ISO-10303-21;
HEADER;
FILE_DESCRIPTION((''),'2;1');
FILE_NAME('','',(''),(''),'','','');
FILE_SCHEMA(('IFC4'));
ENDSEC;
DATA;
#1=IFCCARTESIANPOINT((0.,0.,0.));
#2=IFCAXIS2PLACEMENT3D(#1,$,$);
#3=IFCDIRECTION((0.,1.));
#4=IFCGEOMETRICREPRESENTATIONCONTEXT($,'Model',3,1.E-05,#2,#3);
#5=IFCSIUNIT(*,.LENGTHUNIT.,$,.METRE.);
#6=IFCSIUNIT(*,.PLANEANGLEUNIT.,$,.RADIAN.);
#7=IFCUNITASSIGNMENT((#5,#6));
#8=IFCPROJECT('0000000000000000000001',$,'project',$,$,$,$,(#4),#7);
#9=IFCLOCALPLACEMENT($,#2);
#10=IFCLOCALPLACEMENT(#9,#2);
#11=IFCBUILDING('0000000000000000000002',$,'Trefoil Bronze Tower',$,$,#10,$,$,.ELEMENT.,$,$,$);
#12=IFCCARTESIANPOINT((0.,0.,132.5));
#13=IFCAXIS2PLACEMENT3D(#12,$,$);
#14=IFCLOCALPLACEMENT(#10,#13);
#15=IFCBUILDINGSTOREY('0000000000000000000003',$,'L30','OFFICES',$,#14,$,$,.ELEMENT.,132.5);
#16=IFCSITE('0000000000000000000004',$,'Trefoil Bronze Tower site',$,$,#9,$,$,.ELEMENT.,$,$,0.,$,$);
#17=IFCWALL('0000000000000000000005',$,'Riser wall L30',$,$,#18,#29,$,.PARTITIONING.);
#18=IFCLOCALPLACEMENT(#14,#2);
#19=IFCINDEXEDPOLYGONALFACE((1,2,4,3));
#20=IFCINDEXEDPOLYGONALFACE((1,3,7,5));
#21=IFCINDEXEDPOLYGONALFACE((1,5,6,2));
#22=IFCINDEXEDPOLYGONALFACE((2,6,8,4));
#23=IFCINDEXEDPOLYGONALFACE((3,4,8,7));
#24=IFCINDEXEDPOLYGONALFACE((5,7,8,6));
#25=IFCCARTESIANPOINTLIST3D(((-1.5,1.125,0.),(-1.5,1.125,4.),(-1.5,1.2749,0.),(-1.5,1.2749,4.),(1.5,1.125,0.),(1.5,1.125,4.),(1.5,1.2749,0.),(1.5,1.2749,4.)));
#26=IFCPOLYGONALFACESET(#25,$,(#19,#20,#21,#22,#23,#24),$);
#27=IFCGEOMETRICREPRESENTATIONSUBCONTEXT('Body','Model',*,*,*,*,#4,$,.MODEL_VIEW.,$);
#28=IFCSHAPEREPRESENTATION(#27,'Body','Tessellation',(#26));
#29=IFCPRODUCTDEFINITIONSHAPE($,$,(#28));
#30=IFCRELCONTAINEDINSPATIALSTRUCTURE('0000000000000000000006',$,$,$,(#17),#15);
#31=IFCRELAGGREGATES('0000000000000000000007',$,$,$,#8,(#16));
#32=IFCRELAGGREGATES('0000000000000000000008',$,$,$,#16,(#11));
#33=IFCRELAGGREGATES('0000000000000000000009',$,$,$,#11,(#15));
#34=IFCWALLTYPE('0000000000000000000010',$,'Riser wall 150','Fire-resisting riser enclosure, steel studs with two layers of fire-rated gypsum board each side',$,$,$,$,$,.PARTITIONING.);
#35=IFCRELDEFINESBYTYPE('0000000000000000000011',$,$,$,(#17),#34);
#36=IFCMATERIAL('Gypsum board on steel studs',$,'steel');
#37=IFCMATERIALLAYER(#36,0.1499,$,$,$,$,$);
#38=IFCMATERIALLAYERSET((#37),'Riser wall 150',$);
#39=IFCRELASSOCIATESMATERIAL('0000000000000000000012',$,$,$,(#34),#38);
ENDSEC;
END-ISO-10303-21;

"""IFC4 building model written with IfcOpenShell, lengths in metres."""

from ifc_helpers import new_model, si_unit, direction, frame, frame_2d, origin, place, context, subcontext, project, spatial, rectangle, extrude, material, layer, layer_set, type_object, element, save


model = new_model("IFC4")

# Units and contexts
model_context = context("Model", 3, precision=1e-05, world=origin(), true_north=direction((0.0, 1.0)))
body_context = subcontext(model_context, "Body", "Model", "MODEL_VIEW")
ifc_project = project(units=[si_unit("LENGTHUNIT", "METRE"), si_unit("PLANEANGLEUNIT", "RADIAN")], contexts=[model_context])

# Site, building, storey
site_placement = place(None, origin())
site = spatial("IfcSite", under=ifc_project, at=site_placement, Name="Trefoil Bronze Tower site", CompositionType="ELEMENT", RefElevation=0.0)
building_placement = place(site_placement, origin())
building = spatial("IfcBuilding", under=site, at=building_placement, Name="Trefoil Bronze Tower", CompositionType="ELEMENT")
storey_placement = place(building_placement, frame((0.0, 0.0, 132.5)))
storey = spatial("IfcBuildingStorey", under=building, at=storey_placement, Name="L30", Description="OFFICES", CompositionType="ELEMENT", Elevation=132.5)

# Wall
ifc_material_1 = material(Name="Gypsum board on steel studs", Category="steel")
ifc_layer_1 = layer(ifc_material_1, 0.1499)
ifc_layer_set_1 = layer_set([ifc_layer_1], Name="Riser wall 150")
wall_type = type_object("IfcWallType", Name="Riser wall 150", Description="Fire-resisting riser enclosure, steel studs with two layers of fire-rated gypsum board each side", PredefinedType="PARTITIONING", material=ifc_layer_set_1)
wall_placement = place(storey_placement, frame((1.5, 1.2, 0.0), z_axis=(0.0, 0.0, 1.0), x_axis=(-1.0, 0.0, 0.0)))
element("IfcWall", 1, at=wall_placement, inside=storey, type_object=wall_type, Name="Riser wall L30", PredefinedType="PARTITIONING", context=body_context, shape_type="SweptSolid", body=[
    extrude(rectangle(XDim=3.0, YDim=0.1499, at=frame_2d((1.5, 0.0))), origin(), (0.0, 0.0, 1.0), 4.0),
])

save(model, "model.ifc")
